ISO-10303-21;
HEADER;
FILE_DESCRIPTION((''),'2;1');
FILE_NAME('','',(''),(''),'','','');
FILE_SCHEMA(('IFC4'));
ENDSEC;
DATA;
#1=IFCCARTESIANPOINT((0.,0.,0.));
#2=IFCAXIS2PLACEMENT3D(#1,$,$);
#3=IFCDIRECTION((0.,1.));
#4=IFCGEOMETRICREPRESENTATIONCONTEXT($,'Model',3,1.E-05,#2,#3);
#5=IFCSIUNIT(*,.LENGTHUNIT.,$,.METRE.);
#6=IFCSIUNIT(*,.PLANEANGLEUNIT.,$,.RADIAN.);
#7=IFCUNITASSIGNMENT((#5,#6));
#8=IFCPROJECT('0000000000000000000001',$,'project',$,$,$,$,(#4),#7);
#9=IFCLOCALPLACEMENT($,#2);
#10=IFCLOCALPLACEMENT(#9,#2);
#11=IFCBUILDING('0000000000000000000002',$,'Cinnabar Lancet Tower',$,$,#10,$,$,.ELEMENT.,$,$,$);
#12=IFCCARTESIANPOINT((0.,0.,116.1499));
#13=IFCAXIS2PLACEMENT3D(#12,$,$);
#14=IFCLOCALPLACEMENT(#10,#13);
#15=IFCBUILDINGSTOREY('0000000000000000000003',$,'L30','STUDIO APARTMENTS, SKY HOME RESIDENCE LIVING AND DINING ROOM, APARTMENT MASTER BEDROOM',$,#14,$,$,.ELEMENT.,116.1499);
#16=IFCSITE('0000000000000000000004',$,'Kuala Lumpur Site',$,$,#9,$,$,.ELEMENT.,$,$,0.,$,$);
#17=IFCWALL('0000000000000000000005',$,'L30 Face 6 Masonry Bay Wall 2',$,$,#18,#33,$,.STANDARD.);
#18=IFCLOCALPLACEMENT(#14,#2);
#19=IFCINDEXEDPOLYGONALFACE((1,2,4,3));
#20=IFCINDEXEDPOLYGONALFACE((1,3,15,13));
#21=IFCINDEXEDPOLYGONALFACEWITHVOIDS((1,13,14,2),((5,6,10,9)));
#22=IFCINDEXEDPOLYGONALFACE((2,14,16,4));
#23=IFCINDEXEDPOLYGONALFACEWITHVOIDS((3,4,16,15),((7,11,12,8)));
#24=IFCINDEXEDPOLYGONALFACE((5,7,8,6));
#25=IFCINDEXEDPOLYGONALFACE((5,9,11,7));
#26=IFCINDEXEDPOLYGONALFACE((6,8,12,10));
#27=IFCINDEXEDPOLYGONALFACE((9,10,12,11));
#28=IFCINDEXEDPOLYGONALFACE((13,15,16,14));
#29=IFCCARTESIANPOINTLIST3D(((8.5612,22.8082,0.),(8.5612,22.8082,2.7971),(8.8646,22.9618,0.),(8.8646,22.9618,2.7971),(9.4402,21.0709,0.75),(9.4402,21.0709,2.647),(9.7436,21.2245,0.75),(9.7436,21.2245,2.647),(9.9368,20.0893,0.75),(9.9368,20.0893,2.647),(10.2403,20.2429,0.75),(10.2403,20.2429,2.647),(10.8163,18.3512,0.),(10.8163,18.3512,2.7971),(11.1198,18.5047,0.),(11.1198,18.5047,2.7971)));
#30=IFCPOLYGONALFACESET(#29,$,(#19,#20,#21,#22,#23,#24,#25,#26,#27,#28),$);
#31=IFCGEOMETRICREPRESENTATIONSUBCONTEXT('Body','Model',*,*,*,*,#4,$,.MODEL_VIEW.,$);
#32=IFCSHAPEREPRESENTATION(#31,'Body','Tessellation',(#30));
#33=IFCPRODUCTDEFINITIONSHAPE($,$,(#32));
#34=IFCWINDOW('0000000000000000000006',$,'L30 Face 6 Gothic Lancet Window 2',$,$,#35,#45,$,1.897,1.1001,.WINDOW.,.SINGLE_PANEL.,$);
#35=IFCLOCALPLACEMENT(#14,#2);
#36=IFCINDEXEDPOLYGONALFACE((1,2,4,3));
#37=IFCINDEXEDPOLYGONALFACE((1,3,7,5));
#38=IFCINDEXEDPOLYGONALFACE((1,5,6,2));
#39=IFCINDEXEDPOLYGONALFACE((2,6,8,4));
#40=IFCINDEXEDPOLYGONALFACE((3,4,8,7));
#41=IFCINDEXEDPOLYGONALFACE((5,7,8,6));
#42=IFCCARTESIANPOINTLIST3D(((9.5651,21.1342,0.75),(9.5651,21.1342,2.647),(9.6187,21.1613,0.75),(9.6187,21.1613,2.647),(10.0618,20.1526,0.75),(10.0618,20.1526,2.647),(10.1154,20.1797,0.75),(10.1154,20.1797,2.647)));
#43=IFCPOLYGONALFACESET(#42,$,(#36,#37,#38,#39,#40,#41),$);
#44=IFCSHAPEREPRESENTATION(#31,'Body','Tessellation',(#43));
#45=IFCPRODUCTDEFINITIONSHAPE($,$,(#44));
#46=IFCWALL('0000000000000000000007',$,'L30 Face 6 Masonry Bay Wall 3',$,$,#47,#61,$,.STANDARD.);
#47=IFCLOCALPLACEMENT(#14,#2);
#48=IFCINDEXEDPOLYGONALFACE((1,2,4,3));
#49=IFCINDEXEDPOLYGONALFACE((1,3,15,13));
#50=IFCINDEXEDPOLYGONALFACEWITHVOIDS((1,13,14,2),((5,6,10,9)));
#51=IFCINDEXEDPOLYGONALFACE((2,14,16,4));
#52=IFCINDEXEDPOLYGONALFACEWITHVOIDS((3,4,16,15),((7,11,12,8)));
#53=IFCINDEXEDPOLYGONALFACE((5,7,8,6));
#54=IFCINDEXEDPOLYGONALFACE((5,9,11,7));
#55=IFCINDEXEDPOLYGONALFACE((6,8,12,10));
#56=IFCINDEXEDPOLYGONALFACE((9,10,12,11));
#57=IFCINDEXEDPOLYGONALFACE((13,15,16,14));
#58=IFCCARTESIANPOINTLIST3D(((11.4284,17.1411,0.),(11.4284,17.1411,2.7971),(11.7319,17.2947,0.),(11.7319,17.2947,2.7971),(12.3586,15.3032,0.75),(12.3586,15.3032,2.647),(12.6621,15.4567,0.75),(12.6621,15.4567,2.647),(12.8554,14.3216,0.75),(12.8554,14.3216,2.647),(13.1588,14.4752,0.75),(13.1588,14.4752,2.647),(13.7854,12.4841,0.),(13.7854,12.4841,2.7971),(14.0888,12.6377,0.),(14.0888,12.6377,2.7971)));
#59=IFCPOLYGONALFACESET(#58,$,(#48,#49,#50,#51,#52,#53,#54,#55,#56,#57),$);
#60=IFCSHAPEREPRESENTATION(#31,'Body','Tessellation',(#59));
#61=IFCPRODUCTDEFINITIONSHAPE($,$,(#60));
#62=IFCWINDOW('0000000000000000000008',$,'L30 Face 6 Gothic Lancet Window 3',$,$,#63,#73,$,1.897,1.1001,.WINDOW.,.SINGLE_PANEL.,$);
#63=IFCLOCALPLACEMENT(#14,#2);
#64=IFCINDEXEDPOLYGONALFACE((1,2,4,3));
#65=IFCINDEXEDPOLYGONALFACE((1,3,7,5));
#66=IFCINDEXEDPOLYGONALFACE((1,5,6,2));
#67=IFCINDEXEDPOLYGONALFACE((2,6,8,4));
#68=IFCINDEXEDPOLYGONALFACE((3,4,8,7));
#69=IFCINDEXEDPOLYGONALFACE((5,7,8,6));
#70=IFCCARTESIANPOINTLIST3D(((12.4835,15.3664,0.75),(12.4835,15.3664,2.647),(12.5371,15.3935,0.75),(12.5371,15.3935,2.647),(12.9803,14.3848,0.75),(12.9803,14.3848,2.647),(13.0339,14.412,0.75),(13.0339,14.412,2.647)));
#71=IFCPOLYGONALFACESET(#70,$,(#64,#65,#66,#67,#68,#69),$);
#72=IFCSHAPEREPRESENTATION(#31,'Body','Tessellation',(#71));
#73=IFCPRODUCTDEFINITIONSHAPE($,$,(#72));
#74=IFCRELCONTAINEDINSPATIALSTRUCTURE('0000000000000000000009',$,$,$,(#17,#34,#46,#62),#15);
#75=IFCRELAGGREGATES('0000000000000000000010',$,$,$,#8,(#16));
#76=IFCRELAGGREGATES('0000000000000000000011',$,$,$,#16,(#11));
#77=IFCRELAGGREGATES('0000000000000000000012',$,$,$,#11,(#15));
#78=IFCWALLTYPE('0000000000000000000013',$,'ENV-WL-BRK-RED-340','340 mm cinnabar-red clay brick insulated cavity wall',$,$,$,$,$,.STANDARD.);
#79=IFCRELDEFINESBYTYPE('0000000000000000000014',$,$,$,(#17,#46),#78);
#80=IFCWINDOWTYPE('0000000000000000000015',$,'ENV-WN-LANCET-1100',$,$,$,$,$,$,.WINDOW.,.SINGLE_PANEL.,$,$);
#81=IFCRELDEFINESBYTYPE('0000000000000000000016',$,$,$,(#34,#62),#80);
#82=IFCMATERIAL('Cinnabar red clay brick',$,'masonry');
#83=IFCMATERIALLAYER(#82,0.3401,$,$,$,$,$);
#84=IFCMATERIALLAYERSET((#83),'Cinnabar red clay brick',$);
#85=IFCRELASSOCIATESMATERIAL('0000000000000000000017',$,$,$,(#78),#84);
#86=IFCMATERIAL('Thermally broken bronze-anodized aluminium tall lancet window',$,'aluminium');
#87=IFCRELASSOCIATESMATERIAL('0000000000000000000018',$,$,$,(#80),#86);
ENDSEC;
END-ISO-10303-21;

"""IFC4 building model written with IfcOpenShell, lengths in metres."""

from ifc_helpers import new_model, si_unit, direction, frame, frame_2d, origin, place, context, subcontext, project, spatial, rectangle, extrude, material, layer, layer_set, type_object, element, fill, save


model = new_model("IFC4")

# Units and contexts
model_context = context("Model", 3, precision=1e-05, world=origin(), true_north=direction((0.0, 1.0)))
body_context = subcontext(model_context, "Body", "Model", "MODEL_VIEW")
ifc_project = project(units=[si_unit("LENGTHUNIT", "METRE"), si_unit("PLANEANGLEUNIT", "RADIAN")], contexts=[model_context])

# Site, building, storey
site_placement = place(None, origin())
site = spatial("IfcSite", under=ifc_project, at=site_placement, Name="Kuala Lumpur Site", CompositionType="ELEMENT", RefElevation=0.0)
building_placement = place(site_placement, origin())
building = spatial("IfcBuilding", under=site, at=building_placement, Name="Cinnabar Lancet Tower", CompositionType="ELEMENT")
storey_placement = place(building_placement, frame((0.0, 0.0, 116.1499)))
storey = spatial("IfcBuildingStorey", under=building, at=storey_placement, Name="L30", Description="STUDIO APARTMENTS, SKY HOME RESIDENCE LIVING AND DINING ROOM, APARTMENT MASTER BEDROOM", CompositionType="ELEMENT", Elevation=116.1499)

# Shared definitions
ifc_material_1 = material(Name="Cinnabar red clay brick", Category="masonry")
ifc_layer_1 = layer(ifc_material_1, 0.3401)
ifc_layer_set_1 = layer_set([ifc_layer_1], Name="Cinnabar red clay brick")
wall_type_1 = type_object("IfcWallType", Name="ENV-WL-BRK-RED-340", Description="340 mm cinnabar-red clay brick insulated cavity wall", PredefinedType="STANDARD", material=ifc_layer_set_1)

# Walls, openings, windows
wall_1_placement = place(storey_placement, frame((8.7129, 22.885, 0.0), z_axis=(0.0, 0.0, 1.0), x_axis=(0.451471, -0.892286, 0.0)))
wall_1 = element("IfcWall", 1, at=wall_1_placement, inside=storey, type_object=wall_type_1, Name="L30 Face 6 Masonry Bay Wall 2", PredefinedType="STANDARD", context=body_context, shape_type="SweptSolid", body=[
    extrude(rectangle(XDim=4.9951, YDim=0.3401, at=frame_2d((2.4976, 0.0))), origin(), (0.0, 0.0, 1.0), 2.7971),
])
opening_1_placement = place(wall_1_placement, frame((1.947, 0.0, 0.75)))
opening_1 = element("IfcOpeningElement", 2, at=opening_1_placement, cuts=wall_1, PredefinedType="OPENING", context=body_context, shape_type="SweptSolid", body=[
    extrude(rectangle(XDim=1.1001, YDim=1.897, at=frame_2d((0.55, 0.9485))), frame((0.0, 0.1799, 0.0), z_axis=(0.0, -1.0, 0.0), x_axis=(1.0, 0.0, 0.0)), (0.0, 0.0, 1.0), 0.3601),
])
ifc_material_2 = material(Name="Thermally broken bronze-anodized aluminium tall lancet window", Category="aluminium")
window_type = type_object("IfcWindowType", Name="ENV-WN-LANCET-1100", PartitioningType="SINGLE_PANEL", PredefinedType="WINDOW", material=ifc_material_2)
window_1_placement = place(opening_1_placement, origin())
window_1 = element("IfcWindow", 3, at=window_1_placement, inside=storey, type_object=window_type, Name="L30 Face 6 Gothic Lancet Window 2", OverallHeight=1.897, OverallWidth=1.1001, PartitioningType="SINGLE_PANEL", PredefinedType="WINDOW", context=body_context, shape_type="SweptSolid", body=[
    extrude(rectangle(XDim=1.1001, YDim=1.897, at=frame_2d((0.55, 0.9485))), frame((0.0, 0.03, 0.0), z_axis=(0.0, -1.0, 0.0), x_axis=(1.0, 0.0, 0.0)), (0.0, 0.0, 1.0), 0.0601),
])
fill(opening_1, window_1)
wall_2_placement = place(storey_placement, frame((11.5801, 17.218, 0.0), z_axis=(0.0, 0.0, 1.0), x_axis=(0.451568, -0.892237, 0.0)))
wall_2 = element("IfcWall", 4, at=wall_2_placement, inside=storey, type_object=wall_type_1, Name="L30 Face 6 Masonry Bay Wall 3", PredefinedType="STANDARD", context=body_context, shape_type="SweptSolid", body=[
    extrude(rectangle(XDim=5.2195, YDim=0.3401, at=frame_2d((2.6099, 0.0))), origin(), (0.0, 0.0, 1.0), 2.7971),
])
opening_2_placement = place(wall_2_placement, frame((2.0601, 0.0, 0.75)))
opening_2 = element("IfcOpeningElement", 5, at=opening_2_placement, cuts=wall_2, PredefinedType="OPENING", context=body_context, shape_type="SweptSolid", body=[
    extrude(rectangle(XDim=1.1001, YDim=1.897, at=frame_2d((0.55, 0.9485))), frame((0.0, 0.1799, 0.0), z_axis=(0.0, -1.0, 0.0), x_axis=(1.0, 0.0, 0.0)), (0.0, 0.0, 1.0), 0.3601),
])
window_2_placement = place(opening_2_placement, origin())
window_2 = element("IfcWindow", 6, at=window_2_placement, inside=storey, type_object=window_type, Name="L30 Face 6 Gothic Lancet Window 3", OverallHeight=1.897, OverallWidth=1.1001, PartitioningType="SINGLE_PANEL", PredefinedType="WINDOW", context=body_context, shape_type="SweptSolid", body=[
    extrude(rectangle(XDim=1.1001, YDim=1.897, at=frame_2d((0.55, 0.9485))), frame((0.0, 0.03, 0.0), z_axis=(0.0, -1.0, 0.0), x_axis=(1.0, 0.0, 0.0)), (0.0, 0.0, 1.0), 0.0601),
])
fill(opening_2, window_2)

save(model, "model.ifc")
